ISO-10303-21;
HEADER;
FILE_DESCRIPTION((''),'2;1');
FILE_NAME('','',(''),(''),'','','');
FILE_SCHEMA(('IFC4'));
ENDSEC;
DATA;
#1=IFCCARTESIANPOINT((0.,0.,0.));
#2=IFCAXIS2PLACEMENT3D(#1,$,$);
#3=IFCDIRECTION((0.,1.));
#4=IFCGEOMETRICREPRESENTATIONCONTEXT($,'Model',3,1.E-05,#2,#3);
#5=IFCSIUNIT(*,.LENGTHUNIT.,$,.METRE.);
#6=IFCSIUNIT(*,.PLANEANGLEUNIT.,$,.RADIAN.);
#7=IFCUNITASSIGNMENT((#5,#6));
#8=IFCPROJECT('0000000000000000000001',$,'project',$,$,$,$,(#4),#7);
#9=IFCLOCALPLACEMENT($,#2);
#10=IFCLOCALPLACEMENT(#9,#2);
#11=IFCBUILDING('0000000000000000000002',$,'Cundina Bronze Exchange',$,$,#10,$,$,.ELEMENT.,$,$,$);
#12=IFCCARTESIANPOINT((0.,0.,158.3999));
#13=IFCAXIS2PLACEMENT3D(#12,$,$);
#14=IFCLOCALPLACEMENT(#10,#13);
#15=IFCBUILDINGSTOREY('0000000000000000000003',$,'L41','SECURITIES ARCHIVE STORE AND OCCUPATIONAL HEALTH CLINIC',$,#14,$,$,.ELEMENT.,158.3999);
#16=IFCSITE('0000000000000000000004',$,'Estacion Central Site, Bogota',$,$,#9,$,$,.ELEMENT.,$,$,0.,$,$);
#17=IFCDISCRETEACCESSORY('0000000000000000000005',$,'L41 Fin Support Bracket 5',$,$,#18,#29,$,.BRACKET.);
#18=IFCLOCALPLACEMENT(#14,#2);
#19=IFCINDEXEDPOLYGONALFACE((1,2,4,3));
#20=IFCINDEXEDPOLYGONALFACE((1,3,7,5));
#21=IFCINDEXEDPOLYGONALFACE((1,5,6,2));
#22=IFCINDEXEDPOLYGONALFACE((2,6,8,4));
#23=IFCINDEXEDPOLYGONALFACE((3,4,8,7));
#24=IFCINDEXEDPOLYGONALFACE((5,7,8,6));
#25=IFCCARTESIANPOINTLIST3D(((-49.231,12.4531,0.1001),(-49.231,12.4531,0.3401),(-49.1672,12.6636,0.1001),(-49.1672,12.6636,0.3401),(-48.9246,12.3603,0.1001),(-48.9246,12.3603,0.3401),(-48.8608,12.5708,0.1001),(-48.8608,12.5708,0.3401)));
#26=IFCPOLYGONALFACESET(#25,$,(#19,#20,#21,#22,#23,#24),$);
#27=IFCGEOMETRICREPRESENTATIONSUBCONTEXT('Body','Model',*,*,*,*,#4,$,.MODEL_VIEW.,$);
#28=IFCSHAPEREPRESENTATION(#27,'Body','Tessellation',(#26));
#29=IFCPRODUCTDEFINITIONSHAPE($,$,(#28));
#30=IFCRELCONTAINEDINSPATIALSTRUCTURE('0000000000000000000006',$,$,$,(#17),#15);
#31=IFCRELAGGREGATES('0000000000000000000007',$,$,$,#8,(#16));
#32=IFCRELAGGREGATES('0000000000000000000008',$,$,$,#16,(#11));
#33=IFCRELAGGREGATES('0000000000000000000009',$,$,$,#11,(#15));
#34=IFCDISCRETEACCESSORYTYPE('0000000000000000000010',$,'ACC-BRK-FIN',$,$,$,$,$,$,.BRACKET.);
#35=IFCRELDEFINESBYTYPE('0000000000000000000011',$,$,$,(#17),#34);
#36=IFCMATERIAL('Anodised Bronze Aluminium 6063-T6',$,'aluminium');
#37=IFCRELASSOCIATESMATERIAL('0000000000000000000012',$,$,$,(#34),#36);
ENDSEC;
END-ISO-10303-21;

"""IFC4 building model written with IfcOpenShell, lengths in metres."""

from ifc_helpers import new_model, si_unit, direction, frame, origin, origin_2d, place, context, subcontext, project, spatial, rectangle, extrude, material, type_object, element, save


model = new_model("IFC4")

# Units and contexts
model_context = context("Model", 3, precision=1e-05, world=origin(), true_north=direction((0.0, 1.0)))
body_context = subcontext(model_context, "Body", "Model", "MODEL_VIEW")
ifc_project = project(units=[si_unit("LENGTHUNIT", "METRE"), si_unit("PLANEANGLEUNIT", "RADIAN")], contexts=[model_context])

# Site, building, storey
site_placement = place(None, origin())
site = spatial("IfcSite", under=ifc_project, at=site_placement, Name="Estacion Central Site, Bogota", CompositionType="ELEMENT", RefElevation=0.0)
building_placement = place(site_placement, origin())
building = spatial("IfcBuilding", under=site, at=building_placement, Name="Cundina Bronze Exchange", CompositionType="ELEMENT")
storey_placement = place(building_placement, frame((0.0, 0.0, 158.3999)))
storey = spatial("IfcBuildingStorey", under=building, at=storey_placement, Name="L41", Description="SECURITIES ARCHIVE STORE AND OCCUPATIONAL HEALTH CLINIC", CompositionType="ELEMENT", Elevation=158.3999)

# Shared definitions
ifc_material_1 = material(Name="Anodised Bronze Aluminium 6063-T6", Category="aluminium")

# Discrete accessory
discrete_accessory_type = type_object("IfcDiscreteAccessoryType", Name="ACC-BRK-FIN", PredefinedType="BRACKET", material=ifc_material_1)
discrete_accessory_placement = place(storey_placement, frame((-49.0459, 12.512, 0.1001), z_axis=(0.0, 0.0, 1.0), x_axis=(-0.290051, -0.957011, 0.0)))
element("IfcDiscreteAccessory", 1, at=discrete_accessory_placement, inside=storey, type_object=discrete_accessory_type, Name="L41 Fin Support Bracket 5", PredefinedType="BRACKET", context=body_context, shape_type="SweptSolid", body=[
    extrude(rectangle(XDim=0.22, YDim=0.3201, at=origin_2d()), origin(), (0.0, 0.0, 1.0), 0.24),
])

save(model, "model.ifc")
